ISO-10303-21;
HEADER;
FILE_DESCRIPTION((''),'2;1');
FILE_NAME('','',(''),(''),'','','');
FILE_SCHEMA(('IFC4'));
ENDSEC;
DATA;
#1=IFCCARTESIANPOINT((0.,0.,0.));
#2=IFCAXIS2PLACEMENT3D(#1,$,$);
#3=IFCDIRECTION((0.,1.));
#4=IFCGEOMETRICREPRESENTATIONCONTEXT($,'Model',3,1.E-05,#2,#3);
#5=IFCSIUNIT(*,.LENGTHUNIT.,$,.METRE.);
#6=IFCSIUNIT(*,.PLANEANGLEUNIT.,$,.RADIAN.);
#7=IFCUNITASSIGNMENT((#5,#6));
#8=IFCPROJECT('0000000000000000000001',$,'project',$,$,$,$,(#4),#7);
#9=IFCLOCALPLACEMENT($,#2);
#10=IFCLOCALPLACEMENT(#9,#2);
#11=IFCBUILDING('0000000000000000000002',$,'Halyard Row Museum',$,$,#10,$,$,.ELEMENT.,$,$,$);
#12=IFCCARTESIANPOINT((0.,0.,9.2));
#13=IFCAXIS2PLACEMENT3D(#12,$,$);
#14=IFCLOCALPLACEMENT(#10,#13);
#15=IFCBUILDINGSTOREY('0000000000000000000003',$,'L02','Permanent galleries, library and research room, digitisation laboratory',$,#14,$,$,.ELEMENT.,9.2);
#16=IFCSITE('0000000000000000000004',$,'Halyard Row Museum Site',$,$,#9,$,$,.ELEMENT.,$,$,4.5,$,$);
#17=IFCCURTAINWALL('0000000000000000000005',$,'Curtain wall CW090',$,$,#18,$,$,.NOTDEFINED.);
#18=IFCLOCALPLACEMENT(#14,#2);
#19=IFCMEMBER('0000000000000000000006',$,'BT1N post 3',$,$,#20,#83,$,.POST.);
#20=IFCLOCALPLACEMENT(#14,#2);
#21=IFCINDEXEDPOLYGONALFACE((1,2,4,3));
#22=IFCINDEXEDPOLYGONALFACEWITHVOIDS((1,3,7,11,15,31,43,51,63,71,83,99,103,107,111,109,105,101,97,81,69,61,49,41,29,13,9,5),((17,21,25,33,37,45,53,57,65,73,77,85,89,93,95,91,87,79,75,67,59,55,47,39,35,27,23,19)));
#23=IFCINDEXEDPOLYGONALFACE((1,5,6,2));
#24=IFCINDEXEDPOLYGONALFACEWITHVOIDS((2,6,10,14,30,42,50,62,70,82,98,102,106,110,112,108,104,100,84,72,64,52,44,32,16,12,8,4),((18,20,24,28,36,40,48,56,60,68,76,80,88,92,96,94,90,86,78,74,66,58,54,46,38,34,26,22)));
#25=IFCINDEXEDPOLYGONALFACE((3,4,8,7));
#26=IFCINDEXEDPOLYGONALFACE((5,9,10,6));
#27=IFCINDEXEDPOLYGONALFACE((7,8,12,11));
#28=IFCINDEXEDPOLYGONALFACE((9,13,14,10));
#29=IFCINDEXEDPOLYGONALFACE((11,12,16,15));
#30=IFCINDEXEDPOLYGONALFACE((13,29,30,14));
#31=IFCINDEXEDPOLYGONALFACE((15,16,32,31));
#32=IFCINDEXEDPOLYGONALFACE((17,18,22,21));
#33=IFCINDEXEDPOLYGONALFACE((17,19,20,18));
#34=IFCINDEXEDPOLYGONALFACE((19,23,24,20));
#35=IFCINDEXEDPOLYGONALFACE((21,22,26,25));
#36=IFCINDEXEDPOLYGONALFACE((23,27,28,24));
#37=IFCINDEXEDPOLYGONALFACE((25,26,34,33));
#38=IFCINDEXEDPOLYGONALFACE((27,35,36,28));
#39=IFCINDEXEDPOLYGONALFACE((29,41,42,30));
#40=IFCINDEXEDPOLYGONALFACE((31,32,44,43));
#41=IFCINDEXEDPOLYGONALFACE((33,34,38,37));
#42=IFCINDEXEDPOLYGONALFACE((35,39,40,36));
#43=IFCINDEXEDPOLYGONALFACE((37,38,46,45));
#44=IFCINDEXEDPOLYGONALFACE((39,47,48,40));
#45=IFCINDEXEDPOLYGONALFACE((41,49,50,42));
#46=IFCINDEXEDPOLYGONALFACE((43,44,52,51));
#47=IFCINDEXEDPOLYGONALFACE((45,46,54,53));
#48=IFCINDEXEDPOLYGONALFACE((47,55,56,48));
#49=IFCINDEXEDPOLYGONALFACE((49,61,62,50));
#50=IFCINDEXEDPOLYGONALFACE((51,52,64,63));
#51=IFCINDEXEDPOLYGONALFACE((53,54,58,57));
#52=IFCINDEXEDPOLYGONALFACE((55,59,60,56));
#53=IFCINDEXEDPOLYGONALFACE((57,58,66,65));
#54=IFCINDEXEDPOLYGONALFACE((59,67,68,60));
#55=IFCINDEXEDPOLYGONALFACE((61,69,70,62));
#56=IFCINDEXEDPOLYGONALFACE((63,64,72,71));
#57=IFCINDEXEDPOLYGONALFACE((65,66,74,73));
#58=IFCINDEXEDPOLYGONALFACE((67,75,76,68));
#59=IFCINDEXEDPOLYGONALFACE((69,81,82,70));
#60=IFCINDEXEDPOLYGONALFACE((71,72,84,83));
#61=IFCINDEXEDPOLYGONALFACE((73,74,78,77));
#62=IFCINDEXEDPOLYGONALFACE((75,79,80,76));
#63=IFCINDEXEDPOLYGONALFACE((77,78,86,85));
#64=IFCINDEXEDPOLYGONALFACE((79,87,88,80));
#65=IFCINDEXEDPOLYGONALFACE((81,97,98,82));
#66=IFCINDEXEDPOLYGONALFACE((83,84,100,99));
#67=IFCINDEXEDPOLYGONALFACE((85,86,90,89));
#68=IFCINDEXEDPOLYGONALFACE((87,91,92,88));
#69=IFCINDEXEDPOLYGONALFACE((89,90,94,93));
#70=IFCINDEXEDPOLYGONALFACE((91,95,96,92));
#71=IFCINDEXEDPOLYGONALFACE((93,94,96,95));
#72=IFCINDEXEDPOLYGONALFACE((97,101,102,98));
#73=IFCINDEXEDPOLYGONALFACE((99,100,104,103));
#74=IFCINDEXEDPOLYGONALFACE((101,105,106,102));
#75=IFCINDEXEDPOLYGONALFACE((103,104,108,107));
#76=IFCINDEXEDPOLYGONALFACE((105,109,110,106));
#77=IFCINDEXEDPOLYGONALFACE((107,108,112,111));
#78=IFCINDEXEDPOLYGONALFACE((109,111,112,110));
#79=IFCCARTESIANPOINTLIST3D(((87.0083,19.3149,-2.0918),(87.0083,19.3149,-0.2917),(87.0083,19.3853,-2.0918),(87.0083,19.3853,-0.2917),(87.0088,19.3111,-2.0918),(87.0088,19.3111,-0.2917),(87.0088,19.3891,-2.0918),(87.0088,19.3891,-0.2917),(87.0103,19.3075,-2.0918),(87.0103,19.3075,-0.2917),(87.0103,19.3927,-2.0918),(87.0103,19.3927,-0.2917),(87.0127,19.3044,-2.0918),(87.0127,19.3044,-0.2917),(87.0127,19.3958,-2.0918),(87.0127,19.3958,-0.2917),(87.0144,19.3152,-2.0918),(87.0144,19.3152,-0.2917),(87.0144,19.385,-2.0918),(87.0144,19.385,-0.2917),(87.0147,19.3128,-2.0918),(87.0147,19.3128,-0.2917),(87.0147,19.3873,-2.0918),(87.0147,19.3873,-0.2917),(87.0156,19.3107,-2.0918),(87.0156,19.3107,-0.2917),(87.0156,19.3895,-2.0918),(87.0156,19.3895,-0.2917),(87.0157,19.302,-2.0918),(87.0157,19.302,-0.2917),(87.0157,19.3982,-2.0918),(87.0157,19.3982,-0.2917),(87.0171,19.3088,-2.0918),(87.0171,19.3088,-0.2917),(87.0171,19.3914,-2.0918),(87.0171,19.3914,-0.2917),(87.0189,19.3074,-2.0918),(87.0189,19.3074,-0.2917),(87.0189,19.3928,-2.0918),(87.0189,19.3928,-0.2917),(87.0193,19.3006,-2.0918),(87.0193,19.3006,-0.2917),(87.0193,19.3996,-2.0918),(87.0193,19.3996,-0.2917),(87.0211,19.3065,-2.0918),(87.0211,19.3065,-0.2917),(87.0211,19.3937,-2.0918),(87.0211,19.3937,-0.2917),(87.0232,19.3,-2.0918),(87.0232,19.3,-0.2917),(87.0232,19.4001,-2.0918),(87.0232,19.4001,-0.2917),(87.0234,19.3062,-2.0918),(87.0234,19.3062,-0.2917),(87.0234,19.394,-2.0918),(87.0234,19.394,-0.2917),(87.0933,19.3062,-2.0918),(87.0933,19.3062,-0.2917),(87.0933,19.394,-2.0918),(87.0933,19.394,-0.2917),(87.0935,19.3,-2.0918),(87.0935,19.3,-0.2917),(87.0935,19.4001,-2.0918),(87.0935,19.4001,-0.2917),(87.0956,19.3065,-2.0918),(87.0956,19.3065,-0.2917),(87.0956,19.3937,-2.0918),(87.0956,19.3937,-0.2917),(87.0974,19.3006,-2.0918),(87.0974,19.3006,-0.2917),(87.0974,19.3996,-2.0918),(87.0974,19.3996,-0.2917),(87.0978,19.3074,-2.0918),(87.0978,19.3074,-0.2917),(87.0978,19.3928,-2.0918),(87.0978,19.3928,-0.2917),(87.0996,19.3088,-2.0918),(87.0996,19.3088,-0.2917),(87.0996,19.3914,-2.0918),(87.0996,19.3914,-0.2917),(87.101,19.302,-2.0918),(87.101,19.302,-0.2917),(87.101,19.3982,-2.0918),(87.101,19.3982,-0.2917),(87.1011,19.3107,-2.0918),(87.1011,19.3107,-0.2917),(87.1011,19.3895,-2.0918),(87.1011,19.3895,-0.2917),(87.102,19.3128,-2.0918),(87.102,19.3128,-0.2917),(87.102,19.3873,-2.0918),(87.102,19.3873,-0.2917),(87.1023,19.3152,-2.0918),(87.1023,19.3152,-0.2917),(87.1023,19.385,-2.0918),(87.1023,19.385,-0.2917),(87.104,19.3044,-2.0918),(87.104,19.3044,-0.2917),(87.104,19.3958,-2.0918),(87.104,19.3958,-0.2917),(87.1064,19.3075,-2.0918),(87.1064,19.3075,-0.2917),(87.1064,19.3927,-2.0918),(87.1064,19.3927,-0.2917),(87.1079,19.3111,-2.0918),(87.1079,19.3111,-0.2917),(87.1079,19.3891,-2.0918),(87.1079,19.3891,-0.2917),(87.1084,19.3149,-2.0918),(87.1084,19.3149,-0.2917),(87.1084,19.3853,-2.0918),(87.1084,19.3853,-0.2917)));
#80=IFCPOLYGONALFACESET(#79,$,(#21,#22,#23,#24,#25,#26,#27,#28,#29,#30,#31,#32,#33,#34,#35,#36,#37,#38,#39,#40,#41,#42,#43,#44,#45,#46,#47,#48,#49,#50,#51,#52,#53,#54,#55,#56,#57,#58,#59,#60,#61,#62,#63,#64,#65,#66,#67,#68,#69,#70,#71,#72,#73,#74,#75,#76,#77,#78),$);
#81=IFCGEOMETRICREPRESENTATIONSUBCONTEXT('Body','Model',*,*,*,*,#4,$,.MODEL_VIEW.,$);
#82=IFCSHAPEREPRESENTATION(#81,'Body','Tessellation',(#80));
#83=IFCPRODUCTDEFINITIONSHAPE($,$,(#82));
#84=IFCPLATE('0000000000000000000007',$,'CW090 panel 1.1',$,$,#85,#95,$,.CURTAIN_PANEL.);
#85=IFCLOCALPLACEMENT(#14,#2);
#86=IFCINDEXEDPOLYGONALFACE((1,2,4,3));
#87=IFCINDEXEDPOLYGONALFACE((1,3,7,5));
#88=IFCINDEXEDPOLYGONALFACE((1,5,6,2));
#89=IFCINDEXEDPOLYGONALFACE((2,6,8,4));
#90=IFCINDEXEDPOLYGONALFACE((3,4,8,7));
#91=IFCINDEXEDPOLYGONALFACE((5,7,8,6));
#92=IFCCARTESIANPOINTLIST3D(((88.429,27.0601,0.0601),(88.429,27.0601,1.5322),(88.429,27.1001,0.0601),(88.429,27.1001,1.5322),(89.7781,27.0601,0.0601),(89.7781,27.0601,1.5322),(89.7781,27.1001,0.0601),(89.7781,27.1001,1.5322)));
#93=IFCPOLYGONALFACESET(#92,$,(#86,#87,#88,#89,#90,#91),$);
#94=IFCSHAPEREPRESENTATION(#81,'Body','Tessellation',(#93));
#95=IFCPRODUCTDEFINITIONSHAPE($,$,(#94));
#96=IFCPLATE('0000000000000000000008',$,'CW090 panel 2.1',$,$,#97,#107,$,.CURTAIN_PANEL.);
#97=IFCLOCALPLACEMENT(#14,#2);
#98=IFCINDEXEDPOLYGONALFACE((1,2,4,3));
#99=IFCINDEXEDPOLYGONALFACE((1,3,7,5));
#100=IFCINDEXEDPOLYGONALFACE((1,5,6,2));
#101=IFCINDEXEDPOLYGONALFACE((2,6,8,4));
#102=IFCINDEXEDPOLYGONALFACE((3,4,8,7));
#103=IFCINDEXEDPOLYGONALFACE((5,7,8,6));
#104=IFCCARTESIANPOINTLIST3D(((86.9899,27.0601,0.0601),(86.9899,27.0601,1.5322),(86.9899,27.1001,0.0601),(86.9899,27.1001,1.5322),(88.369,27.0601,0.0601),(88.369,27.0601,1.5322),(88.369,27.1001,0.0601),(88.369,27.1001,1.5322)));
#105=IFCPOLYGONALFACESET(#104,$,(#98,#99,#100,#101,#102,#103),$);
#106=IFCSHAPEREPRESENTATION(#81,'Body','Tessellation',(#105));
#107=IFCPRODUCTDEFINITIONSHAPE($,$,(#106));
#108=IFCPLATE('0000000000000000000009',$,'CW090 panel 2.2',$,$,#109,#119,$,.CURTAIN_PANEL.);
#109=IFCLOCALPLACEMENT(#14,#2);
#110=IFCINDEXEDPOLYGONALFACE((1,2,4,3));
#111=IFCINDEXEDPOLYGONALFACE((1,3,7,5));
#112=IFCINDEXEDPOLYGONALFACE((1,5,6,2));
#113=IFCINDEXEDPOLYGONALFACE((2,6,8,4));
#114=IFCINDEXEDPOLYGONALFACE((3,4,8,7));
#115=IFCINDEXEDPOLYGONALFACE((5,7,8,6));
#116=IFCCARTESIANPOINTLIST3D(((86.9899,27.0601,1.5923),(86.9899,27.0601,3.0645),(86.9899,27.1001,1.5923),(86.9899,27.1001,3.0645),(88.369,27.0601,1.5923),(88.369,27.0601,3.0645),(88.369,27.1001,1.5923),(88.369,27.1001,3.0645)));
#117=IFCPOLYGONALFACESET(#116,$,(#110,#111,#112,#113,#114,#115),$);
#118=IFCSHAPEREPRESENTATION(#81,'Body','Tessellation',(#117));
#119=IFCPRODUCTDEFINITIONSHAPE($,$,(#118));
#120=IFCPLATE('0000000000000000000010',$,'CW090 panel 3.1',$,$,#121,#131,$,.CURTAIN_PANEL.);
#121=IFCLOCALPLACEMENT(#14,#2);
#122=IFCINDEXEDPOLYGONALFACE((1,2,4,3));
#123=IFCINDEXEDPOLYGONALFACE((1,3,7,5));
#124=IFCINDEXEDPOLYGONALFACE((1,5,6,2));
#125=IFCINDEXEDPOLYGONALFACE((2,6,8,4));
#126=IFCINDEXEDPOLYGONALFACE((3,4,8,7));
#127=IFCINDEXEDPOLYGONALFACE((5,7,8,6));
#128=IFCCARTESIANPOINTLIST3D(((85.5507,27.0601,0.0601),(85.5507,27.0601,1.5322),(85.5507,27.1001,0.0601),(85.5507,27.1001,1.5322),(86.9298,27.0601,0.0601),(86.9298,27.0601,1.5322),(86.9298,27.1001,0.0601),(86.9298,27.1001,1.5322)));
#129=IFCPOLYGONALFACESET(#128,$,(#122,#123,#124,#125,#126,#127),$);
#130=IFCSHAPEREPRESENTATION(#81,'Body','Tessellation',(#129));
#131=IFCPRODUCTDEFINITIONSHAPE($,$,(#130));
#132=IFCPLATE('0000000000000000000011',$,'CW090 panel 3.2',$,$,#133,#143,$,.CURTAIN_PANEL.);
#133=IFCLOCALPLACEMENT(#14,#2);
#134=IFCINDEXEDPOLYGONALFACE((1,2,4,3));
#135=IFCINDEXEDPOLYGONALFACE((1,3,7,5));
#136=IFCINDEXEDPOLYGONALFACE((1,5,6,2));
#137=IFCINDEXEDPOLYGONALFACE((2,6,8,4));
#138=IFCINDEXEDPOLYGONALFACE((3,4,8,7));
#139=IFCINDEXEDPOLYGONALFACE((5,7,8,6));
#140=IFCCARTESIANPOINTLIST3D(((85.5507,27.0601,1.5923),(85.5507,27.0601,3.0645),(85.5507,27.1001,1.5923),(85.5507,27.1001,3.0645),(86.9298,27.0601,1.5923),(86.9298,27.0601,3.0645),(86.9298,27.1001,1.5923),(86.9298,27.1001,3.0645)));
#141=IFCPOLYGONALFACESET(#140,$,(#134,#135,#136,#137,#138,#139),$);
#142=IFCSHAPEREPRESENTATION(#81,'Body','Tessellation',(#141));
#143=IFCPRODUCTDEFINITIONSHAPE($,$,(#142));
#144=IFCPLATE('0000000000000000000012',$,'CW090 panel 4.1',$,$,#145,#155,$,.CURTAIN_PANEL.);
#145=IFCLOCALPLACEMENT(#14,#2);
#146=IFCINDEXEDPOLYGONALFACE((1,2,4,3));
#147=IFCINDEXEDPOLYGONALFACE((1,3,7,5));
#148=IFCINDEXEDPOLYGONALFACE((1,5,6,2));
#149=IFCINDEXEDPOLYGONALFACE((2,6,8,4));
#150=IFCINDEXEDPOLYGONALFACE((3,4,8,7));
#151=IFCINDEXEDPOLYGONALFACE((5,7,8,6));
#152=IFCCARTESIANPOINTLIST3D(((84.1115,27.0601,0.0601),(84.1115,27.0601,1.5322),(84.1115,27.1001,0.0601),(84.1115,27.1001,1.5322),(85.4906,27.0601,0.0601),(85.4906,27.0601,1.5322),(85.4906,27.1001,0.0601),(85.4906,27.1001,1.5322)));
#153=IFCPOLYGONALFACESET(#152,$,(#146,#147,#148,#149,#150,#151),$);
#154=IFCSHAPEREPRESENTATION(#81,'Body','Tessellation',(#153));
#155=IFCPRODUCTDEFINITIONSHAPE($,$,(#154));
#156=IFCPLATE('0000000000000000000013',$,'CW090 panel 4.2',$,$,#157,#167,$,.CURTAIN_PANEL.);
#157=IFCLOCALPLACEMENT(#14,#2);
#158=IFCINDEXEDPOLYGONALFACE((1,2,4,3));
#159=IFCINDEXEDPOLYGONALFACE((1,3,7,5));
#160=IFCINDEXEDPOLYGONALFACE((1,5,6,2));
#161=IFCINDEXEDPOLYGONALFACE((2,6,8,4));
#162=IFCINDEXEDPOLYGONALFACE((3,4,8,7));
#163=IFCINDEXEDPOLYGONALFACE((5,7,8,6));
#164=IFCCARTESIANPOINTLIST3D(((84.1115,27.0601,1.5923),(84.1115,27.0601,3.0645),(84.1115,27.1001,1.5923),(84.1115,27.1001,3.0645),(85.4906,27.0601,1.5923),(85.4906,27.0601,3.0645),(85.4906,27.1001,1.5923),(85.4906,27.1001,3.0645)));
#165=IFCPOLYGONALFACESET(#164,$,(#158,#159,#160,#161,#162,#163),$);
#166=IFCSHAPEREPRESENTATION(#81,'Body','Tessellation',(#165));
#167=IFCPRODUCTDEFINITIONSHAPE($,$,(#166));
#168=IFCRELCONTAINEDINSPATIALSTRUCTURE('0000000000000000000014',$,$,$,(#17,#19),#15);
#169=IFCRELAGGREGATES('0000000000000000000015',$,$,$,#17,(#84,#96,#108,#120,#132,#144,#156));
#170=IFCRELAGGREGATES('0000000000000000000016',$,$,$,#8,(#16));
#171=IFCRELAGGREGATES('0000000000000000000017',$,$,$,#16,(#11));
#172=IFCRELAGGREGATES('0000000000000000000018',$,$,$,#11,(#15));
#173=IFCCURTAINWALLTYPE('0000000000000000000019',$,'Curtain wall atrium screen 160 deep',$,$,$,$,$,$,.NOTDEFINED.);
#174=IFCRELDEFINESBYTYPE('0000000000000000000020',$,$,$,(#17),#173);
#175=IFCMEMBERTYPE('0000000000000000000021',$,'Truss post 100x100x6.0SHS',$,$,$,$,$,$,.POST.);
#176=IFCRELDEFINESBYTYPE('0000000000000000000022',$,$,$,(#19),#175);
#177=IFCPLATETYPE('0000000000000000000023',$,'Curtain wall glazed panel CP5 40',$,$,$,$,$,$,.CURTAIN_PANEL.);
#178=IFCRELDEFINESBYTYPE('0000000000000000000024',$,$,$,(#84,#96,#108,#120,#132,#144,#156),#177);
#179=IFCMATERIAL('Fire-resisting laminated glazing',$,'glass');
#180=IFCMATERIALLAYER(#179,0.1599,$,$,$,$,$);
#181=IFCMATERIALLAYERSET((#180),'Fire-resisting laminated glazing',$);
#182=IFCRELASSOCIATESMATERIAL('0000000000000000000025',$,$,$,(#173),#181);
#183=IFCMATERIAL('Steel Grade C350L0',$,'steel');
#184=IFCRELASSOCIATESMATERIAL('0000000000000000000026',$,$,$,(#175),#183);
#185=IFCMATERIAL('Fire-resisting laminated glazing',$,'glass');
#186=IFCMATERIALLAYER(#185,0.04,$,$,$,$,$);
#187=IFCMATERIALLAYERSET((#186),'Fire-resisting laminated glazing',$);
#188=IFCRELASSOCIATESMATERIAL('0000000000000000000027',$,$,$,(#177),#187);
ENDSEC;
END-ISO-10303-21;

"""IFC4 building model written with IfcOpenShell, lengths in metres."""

from ifc_helpers import new_model, si_unit, direction, frame, origin, origin_2d, place, context, subcontext, project, spatial, rectangle, hollow_rectangle, extrude, material, layer, layer_set, material_profile, profile_set, type_object, element, aggregate, save


model = new_model("IFC4")

# Units and contexts
model_context = context("Model", 3, precision=1e-05, world=origin(), true_north=direction((0.0, 1.0)))
body_context = subcontext(model_context, "Body", "Model", "MODEL_VIEW")
ifc_project = project(units=[si_unit("LENGTHUNIT", "METRE"), si_unit("PLANEANGLEUNIT", "RADIAN")], contexts=[model_context])

# Site, building, storey
site_placement = place(None, origin())
site = spatial("IfcSite", under=ifc_project, at=site_placement, Name="Halyard Row Museum Site", CompositionType="ELEMENT", RefElevation=4.5)
building_placement = place(site_placement, origin())
building = spatial("IfcBuilding", under=site, at=building_placement, Name="Halyard Row Museum", CompositionType="ELEMENT")
storey_placement = place(building_placement, frame((0.0, 0.0, 9.2)))
storey = spatial("IfcBuildingStorey", under=building, at=storey_placement, Name="L02", Description="Permanent galleries, library and research room, digitisation laboratory", CompositionType="ELEMENT", Elevation=9.2)

# Curtain wall
ifc_material_1 = material(Name="Fire-resisting laminated glazing", Category="glass")
ifc_layer_1 = layer(ifc_material_1, 0.1599)
ifc_layer_set_1 = layer_set([ifc_layer_1], Name="Fire-resisting laminated glazing")
curtain_wall_type = type_object("IfcCurtainWallType", Name="Curtain wall atrium screen 160 deep", PredefinedType="NOTDEFINED", material=ifc_layer_set_1)
curtain_wall_placement = place(storey_placement, origin())
curtain_wall = element("IfcCurtainWall", 1, at=curtain_wall_placement, inside=storey, type_object=curtain_wall_type, Name="Curtain wall CW090", PredefinedType="NOTDEFINED")

# Member
ifc_material_2 = material(Name="Steel Grade C350L0", Category="steel")
ifc_material_profile_1 = material_profile(ifc_material_2, hollow_rectangle(XDim=0.1001, YDim=0.1001, WallThickness=0.0061, InnerFilletRadius=0.009, OuterFilletRadius=0.0149, at=origin_2d()), Name="100x100x6.0SHS")
ifc_profile_set_1 = profile_set([ifc_material_profile_1], Name="Steel Grade C350L0")
member_type_1 = type_object("IfcMemberType", Name="Truss post 100x100x6.0SHS", PredefinedType="POST", material=ifc_profile_set_1)
for number, where, z_axis, x_axis, name in (
    (2, (87.0583, 19.3501, -2.0918), (0.0, 0.0, 1.0), (1.0, 0.0, 0.0), "BT1N post 3"),
):
    element("IfcMember", number, at=place(storey_placement, frame(where, z_axis=z_axis, x_axis=x_axis)), inside=storey, type_object=member_type_1, Name=name, PredefinedType="POST", context=body_context, shape_type="SweptSolid", body=[
        extrude(hollow_rectangle(XDim=0.1001, YDim=0.1001, WallThickness=0.0061, InnerFilletRadius=0.009, OuterFilletRadius=0.0149, at=origin_2d()), origin(), (0.0, 0.0, 1.0), 1.8),
    ])

# Plates
ifc_material_3 = material(Name="Fire-resisting laminated glazing", Category="glass")
ifc_layer_2 = layer(ifc_material_3, 0.04)
ifc_layer_set_2 = layer_set([ifc_layer_2], Name="Fire-resisting laminated glazing")
plate_type = type_object("IfcPlateType", Name="Curtain wall glazed panel CP5 40", PredefinedType="CURTAIN_PANEL", material=ifc_layer_set_2)
plate_1_placement = place(storey_placement, frame((89.1035, 27.0801, 0.0601), z_axis=(0.0, 0.0, 1.0), x_axis=(-1.0, 0.0, 0.0)))
plate_1 = element("IfcPlate", 3, at=plate_1_placement, type_object=plate_type, Name="CW090 panel 1.1", PredefinedType="CURTAIN_PANEL", context=body_context, shape_type="SweptSolid", body=[
    extrude(rectangle(XDim=1.3491, YDim=0.04, at=origin_2d()), origin(), (0.0, 0.0, 1.0), 1.4722),
])
plate_2_placement = place(storey_placement, frame((87.6794, 27.0801, 0.0601), z_axis=(0.0, 0.0, 1.0), x_axis=(-1.0, 0.0, 0.0)))
plate_2 = element("IfcPlate", 4, at=plate_2_placement, type_object=plate_type, Name="CW090 panel 2.1", PredefinedType="CURTAIN_PANEL", context=body_context, shape_type="SweptSolid", body=[
    extrude(rectangle(XDim=1.3792, YDim=0.04, at=origin_2d()), origin(), (0.0, 0.0, 1.0), 1.4722),
])
plate_3_placement = place(storey_placement, frame((87.6794, 27.0801, 1.5923), z_axis=(0.0, 0.0, 1.0), x_axis=(-1.0, 0.0, 0.0)))
plate_3 = element("IfcPlate", 5, at=plate_3_placement, type_object=plate_type, Name="CW090 panel 2.2", PredefinedType="CURTAIN_PANEL", context=body_context, shape_type="SweptSolid", body=[
    extrude(rectangle(XDim=1.3792, YDim=0.04, at=origin_2d()), origin(), (0.0, 0.0, 1.0), 1.4722),
])
plate_4_placement = place(storey_placement, frame((86.2402, 27.0801, 0.0601), z_axis=(0.0, 0.0, 1.0), x_axis=(-1.0, 0.0, 0.0)))
plate_4 = element("IfcPlate", 6, at=plate_4_placement, type_object=plate_type, Name="CW090 panel 3.1", PredefinedType="CURTAIN_PANEL", context=body_context, shape_type="SweptSolid", body=[
    extrude(rectangle(XDim=1.3792, YDim=0.04, at=origin_2d()), origin(), (0.0, 0.0, 1.0), 1.4722),
])
plate_5_placement = place(storey_placement, frame((86.2402, 27.0801, 1.5923), z_axis=(0.0, 0.0, 1.0), x_axis=(-1.0, 0.0, 0.0)))
plate_5 = element("IfcPlate", 7, at=plate_5_placement, type_object=plate_type, Name="CW090 panel 3.2", PredefinedType="CURTAIN_PANEL", context=body_context, shape_type="SweptSolid", body=[
    extrude(rectangle(XDim=1.3792, YDim=0.04, at=origin_2d()), origin(), (0.0, 0.0, 1.0), 1.4722),
])
plate_6_placement = place(storey_placement, frame((84.801, 27.0801, 0.0601), z_axis=(0.0, 0.0, 1.0), x_axis=(-1.0, 0.0, 0.0)))
plate_6 = element("IfcPlate", 8, at=plate_6_placement, type_object=plate_type, Name="CW090 panel 4.1", PredefinedType="CURTAIN_PANEL", context=body_context, shape_type="SweptSolid", body=[
    extrude(rectangle(XDim=1.3792, YDim=0.04, at=origin_2d()), origin(), (0.0, 0.0, 1.0), 1.4722),
])
plate_7_placement = place(storey_placement, frame((84.801, 27.0801, 1.5923), z_axis=(0.0, 0.0, 1.0), x_axis=(-1.0, 0.0, 0.0)))
plate_7 = element("IfcPlate", 9, at=plate_7_placement, type_object=plate_type, Name="CW090 panel 4.2", PredefinedType="CURTAIN_PANEL", context=body_context, shape_type="SweptSolid", body=[
    extrude(rectangle(XDim=1.3792, YDim=0.04, at=origin_2d()), origin(), (0.0, 0.0, 1.0), 1.4722),
])
aggregate(curtain_wall, [plate_1, plate_2, plate_3, plate_4, plate_5, plate_6, plate_7])

save(model, "model.ifc")
